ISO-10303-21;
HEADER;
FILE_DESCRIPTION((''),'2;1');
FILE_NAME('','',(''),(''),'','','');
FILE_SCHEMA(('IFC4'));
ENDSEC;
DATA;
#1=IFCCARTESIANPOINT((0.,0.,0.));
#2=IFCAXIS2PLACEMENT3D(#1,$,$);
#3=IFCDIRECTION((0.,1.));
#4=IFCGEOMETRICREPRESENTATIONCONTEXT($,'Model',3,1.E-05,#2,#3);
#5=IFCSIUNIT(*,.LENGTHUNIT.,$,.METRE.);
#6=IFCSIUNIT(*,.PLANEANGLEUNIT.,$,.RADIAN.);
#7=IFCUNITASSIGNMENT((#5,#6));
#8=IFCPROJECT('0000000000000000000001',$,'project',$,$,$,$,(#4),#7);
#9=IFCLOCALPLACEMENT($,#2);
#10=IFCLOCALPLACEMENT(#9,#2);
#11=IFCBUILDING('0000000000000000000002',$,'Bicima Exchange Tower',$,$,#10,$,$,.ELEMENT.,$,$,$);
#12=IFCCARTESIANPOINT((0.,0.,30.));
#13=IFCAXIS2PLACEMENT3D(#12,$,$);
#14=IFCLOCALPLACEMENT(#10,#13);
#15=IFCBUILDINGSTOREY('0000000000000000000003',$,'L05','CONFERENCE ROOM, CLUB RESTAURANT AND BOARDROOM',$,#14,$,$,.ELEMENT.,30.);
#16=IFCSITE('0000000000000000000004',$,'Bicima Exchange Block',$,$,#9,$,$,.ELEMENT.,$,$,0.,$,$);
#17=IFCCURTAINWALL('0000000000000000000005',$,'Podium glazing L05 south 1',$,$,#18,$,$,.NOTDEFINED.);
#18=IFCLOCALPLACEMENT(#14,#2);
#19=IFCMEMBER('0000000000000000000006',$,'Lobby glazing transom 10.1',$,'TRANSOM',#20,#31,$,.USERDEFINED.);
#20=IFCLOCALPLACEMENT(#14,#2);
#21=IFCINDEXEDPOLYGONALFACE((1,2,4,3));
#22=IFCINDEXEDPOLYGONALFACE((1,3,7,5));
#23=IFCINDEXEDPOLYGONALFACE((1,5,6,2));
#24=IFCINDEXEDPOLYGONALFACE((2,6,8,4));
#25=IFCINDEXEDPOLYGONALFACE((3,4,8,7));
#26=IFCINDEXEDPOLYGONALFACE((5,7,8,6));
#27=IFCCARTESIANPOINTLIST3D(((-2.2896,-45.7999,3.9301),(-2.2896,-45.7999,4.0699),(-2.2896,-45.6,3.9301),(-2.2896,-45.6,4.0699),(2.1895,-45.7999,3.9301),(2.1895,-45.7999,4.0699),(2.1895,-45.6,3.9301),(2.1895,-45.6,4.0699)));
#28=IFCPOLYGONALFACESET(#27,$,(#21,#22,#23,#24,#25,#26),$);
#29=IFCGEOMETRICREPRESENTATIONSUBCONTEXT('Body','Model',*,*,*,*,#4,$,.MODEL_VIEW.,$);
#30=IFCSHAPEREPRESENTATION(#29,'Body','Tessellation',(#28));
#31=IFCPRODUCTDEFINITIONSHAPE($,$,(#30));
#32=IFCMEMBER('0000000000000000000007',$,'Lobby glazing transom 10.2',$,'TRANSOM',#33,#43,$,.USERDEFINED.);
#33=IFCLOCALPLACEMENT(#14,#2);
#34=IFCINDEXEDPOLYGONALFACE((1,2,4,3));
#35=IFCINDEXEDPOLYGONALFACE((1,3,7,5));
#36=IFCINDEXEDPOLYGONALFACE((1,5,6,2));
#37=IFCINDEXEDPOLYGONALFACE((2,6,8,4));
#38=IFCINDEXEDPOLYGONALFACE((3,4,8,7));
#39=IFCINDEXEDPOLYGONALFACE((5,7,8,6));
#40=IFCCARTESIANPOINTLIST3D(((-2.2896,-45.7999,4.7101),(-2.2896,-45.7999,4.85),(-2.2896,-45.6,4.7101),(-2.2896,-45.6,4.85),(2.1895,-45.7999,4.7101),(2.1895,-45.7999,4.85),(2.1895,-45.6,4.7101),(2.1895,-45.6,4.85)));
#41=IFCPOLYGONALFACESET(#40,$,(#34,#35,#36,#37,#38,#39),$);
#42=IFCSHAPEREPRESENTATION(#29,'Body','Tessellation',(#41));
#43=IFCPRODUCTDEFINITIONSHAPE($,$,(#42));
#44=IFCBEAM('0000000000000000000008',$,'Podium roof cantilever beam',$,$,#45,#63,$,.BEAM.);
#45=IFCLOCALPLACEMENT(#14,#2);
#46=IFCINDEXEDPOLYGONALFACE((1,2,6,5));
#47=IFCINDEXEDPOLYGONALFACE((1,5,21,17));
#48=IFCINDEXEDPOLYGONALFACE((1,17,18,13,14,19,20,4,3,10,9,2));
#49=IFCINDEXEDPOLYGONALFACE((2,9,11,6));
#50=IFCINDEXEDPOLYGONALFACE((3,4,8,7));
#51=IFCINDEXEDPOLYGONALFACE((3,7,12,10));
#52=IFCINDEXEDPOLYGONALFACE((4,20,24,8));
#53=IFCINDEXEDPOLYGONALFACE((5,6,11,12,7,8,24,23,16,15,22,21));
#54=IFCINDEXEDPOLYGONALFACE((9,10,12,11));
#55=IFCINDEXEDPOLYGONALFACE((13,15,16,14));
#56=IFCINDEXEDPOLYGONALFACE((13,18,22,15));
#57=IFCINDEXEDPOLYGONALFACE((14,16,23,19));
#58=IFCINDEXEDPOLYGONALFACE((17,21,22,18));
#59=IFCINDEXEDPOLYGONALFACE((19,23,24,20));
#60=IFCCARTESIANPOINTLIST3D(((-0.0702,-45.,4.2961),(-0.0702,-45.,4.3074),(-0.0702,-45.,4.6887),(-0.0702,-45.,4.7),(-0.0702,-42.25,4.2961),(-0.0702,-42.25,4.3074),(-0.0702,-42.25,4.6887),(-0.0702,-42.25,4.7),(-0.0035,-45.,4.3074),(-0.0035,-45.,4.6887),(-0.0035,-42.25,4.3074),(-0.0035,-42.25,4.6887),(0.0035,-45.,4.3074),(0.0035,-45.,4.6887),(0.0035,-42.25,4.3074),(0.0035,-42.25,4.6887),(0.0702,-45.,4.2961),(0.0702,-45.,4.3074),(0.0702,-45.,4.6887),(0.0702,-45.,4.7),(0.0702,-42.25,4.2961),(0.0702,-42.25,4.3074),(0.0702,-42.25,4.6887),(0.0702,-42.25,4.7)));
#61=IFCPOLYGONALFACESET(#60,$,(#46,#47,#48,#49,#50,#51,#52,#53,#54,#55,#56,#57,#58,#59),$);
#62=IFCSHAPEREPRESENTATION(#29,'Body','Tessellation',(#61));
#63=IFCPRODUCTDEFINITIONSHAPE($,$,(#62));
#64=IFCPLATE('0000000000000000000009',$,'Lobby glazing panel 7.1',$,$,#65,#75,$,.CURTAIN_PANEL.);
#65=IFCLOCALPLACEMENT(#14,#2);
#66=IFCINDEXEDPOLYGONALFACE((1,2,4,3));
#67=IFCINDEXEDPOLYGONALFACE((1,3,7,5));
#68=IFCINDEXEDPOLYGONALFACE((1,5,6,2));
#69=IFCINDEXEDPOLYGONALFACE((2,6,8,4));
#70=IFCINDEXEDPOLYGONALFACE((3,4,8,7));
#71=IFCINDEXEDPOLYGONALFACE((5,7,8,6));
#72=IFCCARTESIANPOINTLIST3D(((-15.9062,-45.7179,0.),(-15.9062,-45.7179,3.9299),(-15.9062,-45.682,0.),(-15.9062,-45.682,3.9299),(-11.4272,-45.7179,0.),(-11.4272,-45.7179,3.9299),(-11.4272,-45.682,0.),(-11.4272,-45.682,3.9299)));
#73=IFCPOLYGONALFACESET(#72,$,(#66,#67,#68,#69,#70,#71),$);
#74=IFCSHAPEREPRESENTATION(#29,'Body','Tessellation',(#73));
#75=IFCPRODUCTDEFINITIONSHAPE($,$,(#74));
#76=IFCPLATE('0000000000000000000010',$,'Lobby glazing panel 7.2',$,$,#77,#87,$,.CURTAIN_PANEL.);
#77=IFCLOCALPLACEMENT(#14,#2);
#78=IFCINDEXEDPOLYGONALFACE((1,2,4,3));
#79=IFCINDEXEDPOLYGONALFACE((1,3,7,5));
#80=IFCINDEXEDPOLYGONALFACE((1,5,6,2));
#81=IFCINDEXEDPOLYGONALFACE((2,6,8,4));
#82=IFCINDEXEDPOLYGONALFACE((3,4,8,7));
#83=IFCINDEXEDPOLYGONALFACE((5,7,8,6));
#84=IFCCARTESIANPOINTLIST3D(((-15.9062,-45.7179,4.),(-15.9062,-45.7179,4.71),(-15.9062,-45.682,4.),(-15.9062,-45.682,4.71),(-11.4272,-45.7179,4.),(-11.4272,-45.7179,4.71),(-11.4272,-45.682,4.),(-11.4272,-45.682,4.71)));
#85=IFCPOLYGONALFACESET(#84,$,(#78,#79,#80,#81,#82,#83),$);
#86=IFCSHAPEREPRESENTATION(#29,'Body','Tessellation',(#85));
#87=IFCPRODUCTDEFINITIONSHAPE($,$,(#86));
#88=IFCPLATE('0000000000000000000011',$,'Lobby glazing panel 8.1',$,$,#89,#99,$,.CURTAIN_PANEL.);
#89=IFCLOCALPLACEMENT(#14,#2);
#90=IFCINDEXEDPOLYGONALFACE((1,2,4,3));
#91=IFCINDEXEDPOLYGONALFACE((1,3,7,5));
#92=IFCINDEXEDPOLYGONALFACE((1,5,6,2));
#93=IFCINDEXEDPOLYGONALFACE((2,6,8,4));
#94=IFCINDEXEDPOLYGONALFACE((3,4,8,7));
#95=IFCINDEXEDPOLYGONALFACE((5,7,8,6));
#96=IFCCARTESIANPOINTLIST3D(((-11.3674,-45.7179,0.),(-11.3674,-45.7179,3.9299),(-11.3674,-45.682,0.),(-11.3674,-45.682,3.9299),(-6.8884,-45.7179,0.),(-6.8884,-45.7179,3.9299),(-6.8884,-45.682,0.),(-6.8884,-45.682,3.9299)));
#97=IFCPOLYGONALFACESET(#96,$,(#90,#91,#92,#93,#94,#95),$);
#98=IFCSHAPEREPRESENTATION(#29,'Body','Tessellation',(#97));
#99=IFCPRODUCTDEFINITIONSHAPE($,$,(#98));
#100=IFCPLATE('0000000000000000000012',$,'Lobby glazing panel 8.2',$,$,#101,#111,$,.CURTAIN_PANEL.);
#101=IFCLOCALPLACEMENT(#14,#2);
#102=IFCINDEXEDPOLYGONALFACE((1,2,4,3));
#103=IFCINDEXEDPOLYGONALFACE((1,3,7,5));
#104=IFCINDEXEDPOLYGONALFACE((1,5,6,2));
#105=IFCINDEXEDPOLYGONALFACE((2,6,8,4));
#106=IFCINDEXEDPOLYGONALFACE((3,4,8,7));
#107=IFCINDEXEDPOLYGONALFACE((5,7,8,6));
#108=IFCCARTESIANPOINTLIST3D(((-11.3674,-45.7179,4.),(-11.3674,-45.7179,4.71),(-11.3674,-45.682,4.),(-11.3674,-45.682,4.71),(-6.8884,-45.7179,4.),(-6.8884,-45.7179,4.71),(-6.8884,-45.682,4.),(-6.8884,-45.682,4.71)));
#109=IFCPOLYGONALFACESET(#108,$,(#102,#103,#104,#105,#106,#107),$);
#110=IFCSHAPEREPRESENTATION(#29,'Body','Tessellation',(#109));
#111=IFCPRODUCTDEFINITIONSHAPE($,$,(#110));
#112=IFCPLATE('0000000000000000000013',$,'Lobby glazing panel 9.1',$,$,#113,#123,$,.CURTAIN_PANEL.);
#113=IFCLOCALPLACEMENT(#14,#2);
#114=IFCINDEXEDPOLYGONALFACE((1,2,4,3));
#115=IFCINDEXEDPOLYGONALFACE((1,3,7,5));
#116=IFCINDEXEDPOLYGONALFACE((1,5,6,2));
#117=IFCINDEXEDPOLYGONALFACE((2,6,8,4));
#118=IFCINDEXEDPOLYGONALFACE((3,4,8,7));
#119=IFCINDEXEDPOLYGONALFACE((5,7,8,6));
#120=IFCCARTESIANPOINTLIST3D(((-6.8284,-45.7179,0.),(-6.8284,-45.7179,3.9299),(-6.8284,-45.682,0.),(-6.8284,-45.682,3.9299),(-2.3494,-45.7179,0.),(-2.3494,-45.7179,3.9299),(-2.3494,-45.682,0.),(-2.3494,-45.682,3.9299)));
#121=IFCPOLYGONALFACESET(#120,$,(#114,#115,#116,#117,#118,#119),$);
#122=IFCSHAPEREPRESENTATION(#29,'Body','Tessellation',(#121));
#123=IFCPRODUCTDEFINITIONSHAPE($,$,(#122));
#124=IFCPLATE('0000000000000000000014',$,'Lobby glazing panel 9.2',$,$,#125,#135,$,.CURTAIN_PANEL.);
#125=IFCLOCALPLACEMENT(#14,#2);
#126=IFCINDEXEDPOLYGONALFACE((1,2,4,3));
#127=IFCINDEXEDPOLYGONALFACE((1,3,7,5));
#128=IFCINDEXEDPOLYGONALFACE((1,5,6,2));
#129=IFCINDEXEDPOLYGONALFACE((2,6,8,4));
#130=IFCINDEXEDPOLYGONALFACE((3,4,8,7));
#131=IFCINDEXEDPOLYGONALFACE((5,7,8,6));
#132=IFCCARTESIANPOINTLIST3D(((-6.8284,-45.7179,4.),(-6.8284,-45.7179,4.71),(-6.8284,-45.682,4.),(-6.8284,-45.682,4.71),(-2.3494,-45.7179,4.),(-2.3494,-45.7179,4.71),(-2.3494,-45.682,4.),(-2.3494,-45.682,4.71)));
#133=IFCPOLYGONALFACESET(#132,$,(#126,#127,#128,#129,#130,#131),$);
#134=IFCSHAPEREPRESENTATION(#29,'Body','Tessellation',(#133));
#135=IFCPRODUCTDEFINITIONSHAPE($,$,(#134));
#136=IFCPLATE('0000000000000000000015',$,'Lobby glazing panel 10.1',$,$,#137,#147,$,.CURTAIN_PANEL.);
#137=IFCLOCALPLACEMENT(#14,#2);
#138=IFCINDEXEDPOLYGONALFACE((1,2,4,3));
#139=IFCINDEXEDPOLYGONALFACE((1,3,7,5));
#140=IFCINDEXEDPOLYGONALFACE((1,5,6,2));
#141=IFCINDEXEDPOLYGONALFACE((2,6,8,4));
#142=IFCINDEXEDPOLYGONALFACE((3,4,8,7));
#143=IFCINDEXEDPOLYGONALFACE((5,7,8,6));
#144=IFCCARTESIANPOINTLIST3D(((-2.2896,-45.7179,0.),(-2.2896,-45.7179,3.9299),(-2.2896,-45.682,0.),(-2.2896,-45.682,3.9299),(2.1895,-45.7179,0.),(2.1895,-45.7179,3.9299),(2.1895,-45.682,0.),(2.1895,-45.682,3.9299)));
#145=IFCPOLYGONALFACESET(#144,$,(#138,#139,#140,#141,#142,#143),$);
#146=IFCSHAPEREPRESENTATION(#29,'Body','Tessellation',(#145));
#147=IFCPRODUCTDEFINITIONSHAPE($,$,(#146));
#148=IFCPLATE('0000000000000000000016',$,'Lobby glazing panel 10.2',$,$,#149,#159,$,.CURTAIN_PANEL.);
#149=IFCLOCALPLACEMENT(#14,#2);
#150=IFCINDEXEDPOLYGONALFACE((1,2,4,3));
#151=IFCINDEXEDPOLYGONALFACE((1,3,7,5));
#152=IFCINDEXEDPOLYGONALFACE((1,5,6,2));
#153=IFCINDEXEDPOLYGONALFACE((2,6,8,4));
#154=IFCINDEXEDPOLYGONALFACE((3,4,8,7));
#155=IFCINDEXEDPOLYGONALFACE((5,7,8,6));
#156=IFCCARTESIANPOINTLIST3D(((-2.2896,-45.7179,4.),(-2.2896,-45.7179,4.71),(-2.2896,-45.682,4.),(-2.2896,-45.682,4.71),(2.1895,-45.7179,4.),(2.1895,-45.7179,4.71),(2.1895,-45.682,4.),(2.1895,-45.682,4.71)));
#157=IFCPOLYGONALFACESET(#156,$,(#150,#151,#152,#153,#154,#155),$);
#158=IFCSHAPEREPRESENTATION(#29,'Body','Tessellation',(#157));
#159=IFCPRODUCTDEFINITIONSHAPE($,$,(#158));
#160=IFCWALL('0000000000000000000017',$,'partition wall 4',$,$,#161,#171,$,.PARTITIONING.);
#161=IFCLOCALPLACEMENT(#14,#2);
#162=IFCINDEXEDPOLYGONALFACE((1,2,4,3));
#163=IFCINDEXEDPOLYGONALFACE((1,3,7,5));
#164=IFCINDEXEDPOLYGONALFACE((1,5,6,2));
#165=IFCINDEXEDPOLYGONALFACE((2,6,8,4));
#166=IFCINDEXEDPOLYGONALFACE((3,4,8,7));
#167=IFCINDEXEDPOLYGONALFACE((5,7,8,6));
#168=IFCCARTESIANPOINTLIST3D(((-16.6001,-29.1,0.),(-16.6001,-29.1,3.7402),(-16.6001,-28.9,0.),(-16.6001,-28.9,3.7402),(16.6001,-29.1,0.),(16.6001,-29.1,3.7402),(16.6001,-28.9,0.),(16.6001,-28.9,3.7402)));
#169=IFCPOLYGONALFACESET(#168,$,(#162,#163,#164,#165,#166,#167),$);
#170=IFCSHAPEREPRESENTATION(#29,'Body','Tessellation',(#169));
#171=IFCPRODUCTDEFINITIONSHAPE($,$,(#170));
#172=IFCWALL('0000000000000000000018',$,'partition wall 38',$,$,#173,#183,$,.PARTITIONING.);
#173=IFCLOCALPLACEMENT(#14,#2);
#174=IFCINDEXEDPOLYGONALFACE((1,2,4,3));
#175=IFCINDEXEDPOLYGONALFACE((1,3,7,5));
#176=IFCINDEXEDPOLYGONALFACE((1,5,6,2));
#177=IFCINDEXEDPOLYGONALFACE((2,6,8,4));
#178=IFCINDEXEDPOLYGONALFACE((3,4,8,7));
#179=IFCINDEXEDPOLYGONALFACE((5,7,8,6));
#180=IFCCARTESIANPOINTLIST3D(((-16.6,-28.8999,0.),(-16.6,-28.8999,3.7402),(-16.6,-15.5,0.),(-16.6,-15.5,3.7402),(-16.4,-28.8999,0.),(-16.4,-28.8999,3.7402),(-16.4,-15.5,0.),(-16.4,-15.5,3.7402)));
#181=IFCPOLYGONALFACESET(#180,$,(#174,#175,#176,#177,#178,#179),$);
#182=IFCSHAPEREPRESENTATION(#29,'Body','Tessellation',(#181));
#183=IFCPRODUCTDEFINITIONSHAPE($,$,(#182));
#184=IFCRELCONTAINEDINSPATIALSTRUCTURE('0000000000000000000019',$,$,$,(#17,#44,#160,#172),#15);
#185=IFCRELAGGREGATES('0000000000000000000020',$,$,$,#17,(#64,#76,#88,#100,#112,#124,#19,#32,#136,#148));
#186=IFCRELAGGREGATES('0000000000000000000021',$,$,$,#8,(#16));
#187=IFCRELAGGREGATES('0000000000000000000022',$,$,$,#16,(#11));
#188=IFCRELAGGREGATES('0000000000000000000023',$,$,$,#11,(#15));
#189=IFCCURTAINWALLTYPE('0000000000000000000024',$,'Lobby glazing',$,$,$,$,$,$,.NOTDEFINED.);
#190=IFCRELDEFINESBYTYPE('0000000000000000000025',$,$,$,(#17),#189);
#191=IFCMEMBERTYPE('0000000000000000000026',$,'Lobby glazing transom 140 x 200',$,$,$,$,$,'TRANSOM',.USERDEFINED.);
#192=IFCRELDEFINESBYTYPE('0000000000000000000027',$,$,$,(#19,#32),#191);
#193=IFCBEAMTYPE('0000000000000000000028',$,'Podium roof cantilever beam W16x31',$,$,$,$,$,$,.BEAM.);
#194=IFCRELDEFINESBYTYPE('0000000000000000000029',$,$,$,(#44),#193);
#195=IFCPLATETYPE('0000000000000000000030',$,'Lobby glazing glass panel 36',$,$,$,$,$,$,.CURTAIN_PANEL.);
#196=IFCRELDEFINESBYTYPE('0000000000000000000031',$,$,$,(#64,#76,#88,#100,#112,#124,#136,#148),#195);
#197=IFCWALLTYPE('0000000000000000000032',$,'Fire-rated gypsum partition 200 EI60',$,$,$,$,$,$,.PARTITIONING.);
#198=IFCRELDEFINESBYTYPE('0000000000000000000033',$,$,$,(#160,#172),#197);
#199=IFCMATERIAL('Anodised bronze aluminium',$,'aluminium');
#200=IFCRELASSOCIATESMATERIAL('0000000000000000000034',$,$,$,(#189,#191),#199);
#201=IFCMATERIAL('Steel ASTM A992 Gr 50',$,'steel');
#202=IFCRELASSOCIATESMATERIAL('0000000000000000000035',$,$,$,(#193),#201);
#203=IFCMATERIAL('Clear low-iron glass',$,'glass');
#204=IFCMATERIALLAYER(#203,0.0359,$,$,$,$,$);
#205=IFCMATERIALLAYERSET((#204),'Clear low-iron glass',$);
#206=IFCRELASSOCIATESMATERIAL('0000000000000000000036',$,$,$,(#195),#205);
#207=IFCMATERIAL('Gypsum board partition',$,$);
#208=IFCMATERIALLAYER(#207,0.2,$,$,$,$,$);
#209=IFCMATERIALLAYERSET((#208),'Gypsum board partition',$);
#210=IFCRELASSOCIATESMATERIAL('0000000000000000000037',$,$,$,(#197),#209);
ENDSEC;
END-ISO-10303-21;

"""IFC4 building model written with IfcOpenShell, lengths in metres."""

from ifc_helpers import new_model, si_unit, direction, frame, frame_2d, origin, origin_2d, place, context, subcontext, project, spatial, rectangle, i_section, extrude, material, layer, layer_set, material_profile, profile_set, type_object, element, aggregate, save


model = new_model("IFC4")

# Units and contexts
model_context = context("Model", 3, precision=1e-05, world=origin(), true_north=direction((0.0, 1.0)))
body_context = subcontext(model_context, "Body", "Model", "MODEL_VIEW")
ifc_project = project(units=[si_unit("LENGTHUNIT", "METRE"), si_unit("PLANEANGLEUNIT", "RADIAN")], contexts=[model_context])

# Site, building, storey
site_placement = place(None, origin())
site = spatial("IfcSite", under=ifc_project, at=site_placement, Name="Bicima Exchange Block", CompositionType="ELEMENT", RefElevation=0.0)
building_placement = place(site_placement, origin())
building = spatial("IfcBuilding", under=site, at=building_placement, Name="Bicima Exchange Tower", CompositionType="ELEMENT")
storey_placement = place(building_placement, frame((0.0, 0.0, 30.0)))
storey = spatial("IfcBuildingStorey", under=building, at=storey_placement, Name="L05", Description="CONFERENCE ROOM, CLUB RESTAURANT AND BOARDROOM", CompositionType="ELEMENT", Elevation=30.0)

# Curtain wall, members
ifc_material_1 = material(Name="Anodised bronze aluminium", Category="aluminium")
curtain_wall_type = type_object("IfcCurtainWallType", Name="Lobby glazing", PredefinedType="NOTDEFINED", material=ifc_material_1)
curtain_wall_placement = place(storey_placement, origin())
curtain_wall = element("IfcCurtainWall", 1, at=curtain_wall_placement, inside=storey, type_object=curtain_wall_type, Name="Podium glazing L05 south 1", PredefinedType="NOTDEFINED")
ifc_material_profile_1 = material_profile(ifc_material_1, rectangle(XDim=0.2, YDim=0.1399, at=origin_2d()))
ifc_profile_set_1 = profile_set([ifc_material_profile_1], Name="Anodised bronze aluminium")
member_type_1 = type_object("IfcMemberType", Name="Lobby glazing transom 140 x 200", ElementType="TRANSOM", PredefinedType="USERDEFINED", material=ifc_profile_set_1)
member_1_placement = place(storey_placement, frame((-2.2896, -45.7, 4.0), z_axis=(1.0, 0.0, 0.0), x_axis=(0.0, 1.0, 0.0)))
member_1 = element("IfcMember", 2, at=member_1_placement, type_object=member_type_1, Name="Lobby glazing transom 10.1", ObjectType="TRANSOM", PredefinedType="USERDEFINED", context=body_context, shape_type="SweptSolid", body=[
    extrude(rectangle(XDim=0.2, YDim=0.1399, at=origin_2d()), origin(), (0.0, 0.0, 1.0), 4.479),
])
member_2_placement = place(storey_placement, frame((-2.2896, -45.7, 4.78), z_axis=(1.0, 0.0, 0.0), x_axis=(0.0, 1.0, 0.0)))
member_2 = element("IfcMember", 3, at=member_2_placement, type_object=member_type_1, Name="Lobby glazing transom 10.2", ObjectType="TRANSOM", PredefinedType="USERDEFINED", context=body_context, shape_type="SweptSolid", body=[
    extrude(rectangle(XDim=0.2, YDim=0.1399, at=origin_2d()), origin(), (0.0, 0.0, 1.0), 4.479),
])

# Beam
ifc_material_2 = material(Name="Steel ASTM A992 Gr 50", Category="steel")
ifc_material_profile_2 = material_profile(ifc_material_2, i_section(OverallWidth=0.1404, OverallDepth=0.4038, WebThickness=0.0071, FlangeThickness=0.0112, at=origin_2d()))
ifc_profile_set_2 = profile_set([ifc_material_profile_2], Name="Steel ASTM A992 Gr 50")
beam_type = type_object("IfcBeamType", Name="Podium roof cantilever beam W16x31", PredefinedType="BEAM", material=ifc_profile_set_2)
beam_placement = place(storey_placement, frame((0.0, -45.0, 4.498), z_axis=(0.0, 1.0, 0.0), x_axis=(-1.0, 0.0, 0.0)))
element("IfcBeam", 4, at=beam_placement, inside=storey, type_object=beam_type, Name="Podium roof cantilever beam", PredefinedType="BEAM", context=body_context, shape_type="SweptSolid", body=[
    extrude(i_section(OverallWidth=0.1404, OverallDepth=0.4038, WebThickness=0.0071, FlangeThickness=0.0112, at=origin_2d()), origin(), (0.0, 0.0, 1.0), 2.75),
])

# Plates
ifc_material_3 = material(Name="Clear low-iron glass", Category="glass")
ifc_layer_1 = layer(ifc_material_3, 0.0359)
ifc_layer_set_1 = layer_set([ifc_layer_1], Name="Clear low-iron glass")
plate_type = type_object("IfcPlateType", Name="Lobby glazing glass panel 36", PredefinedType="CURTAIN_PANEL", material=ifc_layer_set_1)
plate_1_placement = place(storey_placement, frame((-13.6667, -45.7, 0.0), z_axis=(0.0, 0.0, 1.0), x_axis=(1.0, 0.0, 0.0)))
plate_1 = element("IfcPlate", 5, at=plate_1_placement, type_object=plate_type, Name="Lobby glazing panel 7.1", PredefinedType="CURTAIN_PANEL", context=body_context, shape_type="SweptSolid", body=[
    extrude(rectangle(XDim=4.479, YDim=0.0359, at=origin_2d()), origin(), (0.0, 0.0, 1.0), 3.9299),
])
plate_2_placement = place(storey_placement, frame((-13.6667, -45.7, 4.0), z_axis=(0.0, 0.0, 1.0), x_axis=(1.0, 0.0, 0.0)))
plate_2 = element("IfcPlate", 6, at=plate_2_placement, type_object=plate_type, Name="Lobby glazing panel 7.2", PredefinedType="CURTAIN_PANEL", context=body_context, shape_type="SweptSolid", body=[
    extrude(rectangle(XDim=4.479, YDim=0.0359, at=origin_2d()), origin(), (0.0, 0.0, 1.0), 0.71),
])
plate_3_placement = place(storey_placement, frame((-9.1279, -45.7, 0.0), z_axis=(0.0, 0.0, 1.0), x_axis=(1.0, 0.0, 0.0)))
plate_3 = element("IfcPlate", 7, at=plate_3_placement, type_object=plate_type, Name="Lobby glazing panel 8.1", PredefinedType="CURTAIN_PANEL", context=body_context, shape_type="SweptSolid", body=[
    extrude(rectangle(XDim=4.479, YDim=0.0359, at=origin_2d()), origin(), (0.0, 0.0, 1.0), 3.9299),
])
plate_4_placement = place(storey_placement, frame((-9.1279, -45.7, 4.0), z_axis=(0.0, 0.0, 1.0), x_axis=(1.0, 0.0, 0.0)))
plate_4 = element("IfcPlate", 8, at=plate_4_placement, type_object=plate_type, Name="Lobby glazing panel 8.2", PredefinedType="CURTAIN_PANEL", context=body_context, shape_type="SweptSolid", body=[
    extrude(rectangle(XDim=4.479, YDim=0.0359, at=origin_2d()), origin(), (0.0, 0.0, 1.0), 0.71),
])
plate_5_placement = place(storey_placement, frame((-4.5889, -45.7, 0.0), z_axis=(0.0, 0.0, 1.0), x_axis=(1.0, 0.0, 0.0)))
plate_5 = element("IfcPlate", 9, at=plate_5_placement, type_object=plate_type, Name="Lobby glazing panel 9.1", PredefinedType="CURTAIN_PANEL", context=body_context, shape_type="SweptSolid", body=[
    extrude(rectangle(XDim=4.479, YDim=0.0359, at=origin_2d()), origin(), (0.0, 0.0, 1.0), 3.9299),
])
plate_6_placement = place(storey_placement, frame((-4.5889, -45.7, 4.0), z_axis=(0.0, 0.0, 1.0), x_axis=(1.0, 0.0, 0.0)))
plate_6 = element("IfcPlate", 10, at=plate_6_placement, type_object=plate_type, Name="Lobby glazing panel 9.2", PredefinedType="CURTAIN_PANEL", context=body_context, shape_type="SweptSolid", body=[
    extrude(rectangle(XDim=4.479, YDim=0.0359, at=origin_2d()), origin(), (0.0, 0.0, 1.0), 0.71),
])
plate_7_placement = place(storey_placement, frame((-0.05, -45.7, 0.0), z_axis=(0.0, 0.0, 1.0), x_axis=(1.0, 0.0, 0.0)))
plate_7 = element("IfcPlate", 11, at=plate_7_placement, type_object=plate_type, Name="Lobby glazing panel 10.1", PredefinedType="CURTAIN_PANEL", context=body_context, shape_type="SweptSolid", body=[
    extrude(rectangle(XDim=4.479, YDim=0.0359, at=origin_2d()), origin(), (0.0, 0.0, 1.0), 3.9299),
])
plate_8_placement = place(storey_placement, frame((-0.05, -45.7, 4.0), z_axis=(0.0, 0.0, 1.0), x_axis=(1.0, 0.0, 0.0)))
plate_8 = element("IfcPlate", 12, at=plate_8_placement, type_object=plate_type, Name="Lobby glazing panel 10.2", PredefinedType="CURTAIN_PANEL", context=body_context, shape_type="SweptSolid", body=[
    extrude(rectangle(XDim=4.479, YDim=0.0359, at=origin_2d()), origin(), (0.0, 0.0, 1.0), 0.71),
])
aggregate(curtain_wall, [plate_1, plate_2, plate_3, plate_4, plate_5, plate_6, member_1, member_2, plate_7, plate_8])

# Walls
ifc_material_4 = material(Name="Gypsum board partition")
ifc_layer_2 = layer(ifc_material_4, 0.2)
ifc_layer_set_2 = layer_set([ifc_layer_2], Name="Gypsum board partition")
wall_type_1 = type_object("IfcWallType", Name="Fire-rated gypsum partition 200 EI60", PredefinedType="PARTITIONING", material=ifc_layer_set_2)
wall_1_placement = place(storey_placement, frame((-16.6001, -29.0, 0.0), z_axis=(0.0, 0.0, 1.0), x_axis=(1.0, 0.0, 0.0)))
element("IfcWall", 13, at=wall_1_placement, inside=storey, type_object=wall_type_1, Name="partition wall 4", PredefinedType="PARTITIONING", context=body_context, shape_type="SweptSolid", body=[
    extrude(rectangle(XDim=33.2002, YDim=0.2, at=frame_2d((16.6001, 0.0))), origin(), (0.0, 0.0, 1.0), 3.7402),
])
wall_2_placement = place(storey_placement, frame((-16.5, -28.8999, 0.0), z_axis=(0.0, 0.0, 1.0), x_axis=(0.0, 1.0, 0.0)))
element("IfcWall", 14, at=wall_2_placement, inside=storey, type_object=wall_type_1, Name="partition wall 38", PredefinedType="PARTITIONING", context=body_context, shape_type="SweptSolid", body=[
    extrude(rectangle(XDim=13.3999, YDim=0.2, at=frame_2d((6.7, 0.0))), origin(), (0.0, 0.0, 1.0), 3.7402),
])

save(model, "model.ifc")
